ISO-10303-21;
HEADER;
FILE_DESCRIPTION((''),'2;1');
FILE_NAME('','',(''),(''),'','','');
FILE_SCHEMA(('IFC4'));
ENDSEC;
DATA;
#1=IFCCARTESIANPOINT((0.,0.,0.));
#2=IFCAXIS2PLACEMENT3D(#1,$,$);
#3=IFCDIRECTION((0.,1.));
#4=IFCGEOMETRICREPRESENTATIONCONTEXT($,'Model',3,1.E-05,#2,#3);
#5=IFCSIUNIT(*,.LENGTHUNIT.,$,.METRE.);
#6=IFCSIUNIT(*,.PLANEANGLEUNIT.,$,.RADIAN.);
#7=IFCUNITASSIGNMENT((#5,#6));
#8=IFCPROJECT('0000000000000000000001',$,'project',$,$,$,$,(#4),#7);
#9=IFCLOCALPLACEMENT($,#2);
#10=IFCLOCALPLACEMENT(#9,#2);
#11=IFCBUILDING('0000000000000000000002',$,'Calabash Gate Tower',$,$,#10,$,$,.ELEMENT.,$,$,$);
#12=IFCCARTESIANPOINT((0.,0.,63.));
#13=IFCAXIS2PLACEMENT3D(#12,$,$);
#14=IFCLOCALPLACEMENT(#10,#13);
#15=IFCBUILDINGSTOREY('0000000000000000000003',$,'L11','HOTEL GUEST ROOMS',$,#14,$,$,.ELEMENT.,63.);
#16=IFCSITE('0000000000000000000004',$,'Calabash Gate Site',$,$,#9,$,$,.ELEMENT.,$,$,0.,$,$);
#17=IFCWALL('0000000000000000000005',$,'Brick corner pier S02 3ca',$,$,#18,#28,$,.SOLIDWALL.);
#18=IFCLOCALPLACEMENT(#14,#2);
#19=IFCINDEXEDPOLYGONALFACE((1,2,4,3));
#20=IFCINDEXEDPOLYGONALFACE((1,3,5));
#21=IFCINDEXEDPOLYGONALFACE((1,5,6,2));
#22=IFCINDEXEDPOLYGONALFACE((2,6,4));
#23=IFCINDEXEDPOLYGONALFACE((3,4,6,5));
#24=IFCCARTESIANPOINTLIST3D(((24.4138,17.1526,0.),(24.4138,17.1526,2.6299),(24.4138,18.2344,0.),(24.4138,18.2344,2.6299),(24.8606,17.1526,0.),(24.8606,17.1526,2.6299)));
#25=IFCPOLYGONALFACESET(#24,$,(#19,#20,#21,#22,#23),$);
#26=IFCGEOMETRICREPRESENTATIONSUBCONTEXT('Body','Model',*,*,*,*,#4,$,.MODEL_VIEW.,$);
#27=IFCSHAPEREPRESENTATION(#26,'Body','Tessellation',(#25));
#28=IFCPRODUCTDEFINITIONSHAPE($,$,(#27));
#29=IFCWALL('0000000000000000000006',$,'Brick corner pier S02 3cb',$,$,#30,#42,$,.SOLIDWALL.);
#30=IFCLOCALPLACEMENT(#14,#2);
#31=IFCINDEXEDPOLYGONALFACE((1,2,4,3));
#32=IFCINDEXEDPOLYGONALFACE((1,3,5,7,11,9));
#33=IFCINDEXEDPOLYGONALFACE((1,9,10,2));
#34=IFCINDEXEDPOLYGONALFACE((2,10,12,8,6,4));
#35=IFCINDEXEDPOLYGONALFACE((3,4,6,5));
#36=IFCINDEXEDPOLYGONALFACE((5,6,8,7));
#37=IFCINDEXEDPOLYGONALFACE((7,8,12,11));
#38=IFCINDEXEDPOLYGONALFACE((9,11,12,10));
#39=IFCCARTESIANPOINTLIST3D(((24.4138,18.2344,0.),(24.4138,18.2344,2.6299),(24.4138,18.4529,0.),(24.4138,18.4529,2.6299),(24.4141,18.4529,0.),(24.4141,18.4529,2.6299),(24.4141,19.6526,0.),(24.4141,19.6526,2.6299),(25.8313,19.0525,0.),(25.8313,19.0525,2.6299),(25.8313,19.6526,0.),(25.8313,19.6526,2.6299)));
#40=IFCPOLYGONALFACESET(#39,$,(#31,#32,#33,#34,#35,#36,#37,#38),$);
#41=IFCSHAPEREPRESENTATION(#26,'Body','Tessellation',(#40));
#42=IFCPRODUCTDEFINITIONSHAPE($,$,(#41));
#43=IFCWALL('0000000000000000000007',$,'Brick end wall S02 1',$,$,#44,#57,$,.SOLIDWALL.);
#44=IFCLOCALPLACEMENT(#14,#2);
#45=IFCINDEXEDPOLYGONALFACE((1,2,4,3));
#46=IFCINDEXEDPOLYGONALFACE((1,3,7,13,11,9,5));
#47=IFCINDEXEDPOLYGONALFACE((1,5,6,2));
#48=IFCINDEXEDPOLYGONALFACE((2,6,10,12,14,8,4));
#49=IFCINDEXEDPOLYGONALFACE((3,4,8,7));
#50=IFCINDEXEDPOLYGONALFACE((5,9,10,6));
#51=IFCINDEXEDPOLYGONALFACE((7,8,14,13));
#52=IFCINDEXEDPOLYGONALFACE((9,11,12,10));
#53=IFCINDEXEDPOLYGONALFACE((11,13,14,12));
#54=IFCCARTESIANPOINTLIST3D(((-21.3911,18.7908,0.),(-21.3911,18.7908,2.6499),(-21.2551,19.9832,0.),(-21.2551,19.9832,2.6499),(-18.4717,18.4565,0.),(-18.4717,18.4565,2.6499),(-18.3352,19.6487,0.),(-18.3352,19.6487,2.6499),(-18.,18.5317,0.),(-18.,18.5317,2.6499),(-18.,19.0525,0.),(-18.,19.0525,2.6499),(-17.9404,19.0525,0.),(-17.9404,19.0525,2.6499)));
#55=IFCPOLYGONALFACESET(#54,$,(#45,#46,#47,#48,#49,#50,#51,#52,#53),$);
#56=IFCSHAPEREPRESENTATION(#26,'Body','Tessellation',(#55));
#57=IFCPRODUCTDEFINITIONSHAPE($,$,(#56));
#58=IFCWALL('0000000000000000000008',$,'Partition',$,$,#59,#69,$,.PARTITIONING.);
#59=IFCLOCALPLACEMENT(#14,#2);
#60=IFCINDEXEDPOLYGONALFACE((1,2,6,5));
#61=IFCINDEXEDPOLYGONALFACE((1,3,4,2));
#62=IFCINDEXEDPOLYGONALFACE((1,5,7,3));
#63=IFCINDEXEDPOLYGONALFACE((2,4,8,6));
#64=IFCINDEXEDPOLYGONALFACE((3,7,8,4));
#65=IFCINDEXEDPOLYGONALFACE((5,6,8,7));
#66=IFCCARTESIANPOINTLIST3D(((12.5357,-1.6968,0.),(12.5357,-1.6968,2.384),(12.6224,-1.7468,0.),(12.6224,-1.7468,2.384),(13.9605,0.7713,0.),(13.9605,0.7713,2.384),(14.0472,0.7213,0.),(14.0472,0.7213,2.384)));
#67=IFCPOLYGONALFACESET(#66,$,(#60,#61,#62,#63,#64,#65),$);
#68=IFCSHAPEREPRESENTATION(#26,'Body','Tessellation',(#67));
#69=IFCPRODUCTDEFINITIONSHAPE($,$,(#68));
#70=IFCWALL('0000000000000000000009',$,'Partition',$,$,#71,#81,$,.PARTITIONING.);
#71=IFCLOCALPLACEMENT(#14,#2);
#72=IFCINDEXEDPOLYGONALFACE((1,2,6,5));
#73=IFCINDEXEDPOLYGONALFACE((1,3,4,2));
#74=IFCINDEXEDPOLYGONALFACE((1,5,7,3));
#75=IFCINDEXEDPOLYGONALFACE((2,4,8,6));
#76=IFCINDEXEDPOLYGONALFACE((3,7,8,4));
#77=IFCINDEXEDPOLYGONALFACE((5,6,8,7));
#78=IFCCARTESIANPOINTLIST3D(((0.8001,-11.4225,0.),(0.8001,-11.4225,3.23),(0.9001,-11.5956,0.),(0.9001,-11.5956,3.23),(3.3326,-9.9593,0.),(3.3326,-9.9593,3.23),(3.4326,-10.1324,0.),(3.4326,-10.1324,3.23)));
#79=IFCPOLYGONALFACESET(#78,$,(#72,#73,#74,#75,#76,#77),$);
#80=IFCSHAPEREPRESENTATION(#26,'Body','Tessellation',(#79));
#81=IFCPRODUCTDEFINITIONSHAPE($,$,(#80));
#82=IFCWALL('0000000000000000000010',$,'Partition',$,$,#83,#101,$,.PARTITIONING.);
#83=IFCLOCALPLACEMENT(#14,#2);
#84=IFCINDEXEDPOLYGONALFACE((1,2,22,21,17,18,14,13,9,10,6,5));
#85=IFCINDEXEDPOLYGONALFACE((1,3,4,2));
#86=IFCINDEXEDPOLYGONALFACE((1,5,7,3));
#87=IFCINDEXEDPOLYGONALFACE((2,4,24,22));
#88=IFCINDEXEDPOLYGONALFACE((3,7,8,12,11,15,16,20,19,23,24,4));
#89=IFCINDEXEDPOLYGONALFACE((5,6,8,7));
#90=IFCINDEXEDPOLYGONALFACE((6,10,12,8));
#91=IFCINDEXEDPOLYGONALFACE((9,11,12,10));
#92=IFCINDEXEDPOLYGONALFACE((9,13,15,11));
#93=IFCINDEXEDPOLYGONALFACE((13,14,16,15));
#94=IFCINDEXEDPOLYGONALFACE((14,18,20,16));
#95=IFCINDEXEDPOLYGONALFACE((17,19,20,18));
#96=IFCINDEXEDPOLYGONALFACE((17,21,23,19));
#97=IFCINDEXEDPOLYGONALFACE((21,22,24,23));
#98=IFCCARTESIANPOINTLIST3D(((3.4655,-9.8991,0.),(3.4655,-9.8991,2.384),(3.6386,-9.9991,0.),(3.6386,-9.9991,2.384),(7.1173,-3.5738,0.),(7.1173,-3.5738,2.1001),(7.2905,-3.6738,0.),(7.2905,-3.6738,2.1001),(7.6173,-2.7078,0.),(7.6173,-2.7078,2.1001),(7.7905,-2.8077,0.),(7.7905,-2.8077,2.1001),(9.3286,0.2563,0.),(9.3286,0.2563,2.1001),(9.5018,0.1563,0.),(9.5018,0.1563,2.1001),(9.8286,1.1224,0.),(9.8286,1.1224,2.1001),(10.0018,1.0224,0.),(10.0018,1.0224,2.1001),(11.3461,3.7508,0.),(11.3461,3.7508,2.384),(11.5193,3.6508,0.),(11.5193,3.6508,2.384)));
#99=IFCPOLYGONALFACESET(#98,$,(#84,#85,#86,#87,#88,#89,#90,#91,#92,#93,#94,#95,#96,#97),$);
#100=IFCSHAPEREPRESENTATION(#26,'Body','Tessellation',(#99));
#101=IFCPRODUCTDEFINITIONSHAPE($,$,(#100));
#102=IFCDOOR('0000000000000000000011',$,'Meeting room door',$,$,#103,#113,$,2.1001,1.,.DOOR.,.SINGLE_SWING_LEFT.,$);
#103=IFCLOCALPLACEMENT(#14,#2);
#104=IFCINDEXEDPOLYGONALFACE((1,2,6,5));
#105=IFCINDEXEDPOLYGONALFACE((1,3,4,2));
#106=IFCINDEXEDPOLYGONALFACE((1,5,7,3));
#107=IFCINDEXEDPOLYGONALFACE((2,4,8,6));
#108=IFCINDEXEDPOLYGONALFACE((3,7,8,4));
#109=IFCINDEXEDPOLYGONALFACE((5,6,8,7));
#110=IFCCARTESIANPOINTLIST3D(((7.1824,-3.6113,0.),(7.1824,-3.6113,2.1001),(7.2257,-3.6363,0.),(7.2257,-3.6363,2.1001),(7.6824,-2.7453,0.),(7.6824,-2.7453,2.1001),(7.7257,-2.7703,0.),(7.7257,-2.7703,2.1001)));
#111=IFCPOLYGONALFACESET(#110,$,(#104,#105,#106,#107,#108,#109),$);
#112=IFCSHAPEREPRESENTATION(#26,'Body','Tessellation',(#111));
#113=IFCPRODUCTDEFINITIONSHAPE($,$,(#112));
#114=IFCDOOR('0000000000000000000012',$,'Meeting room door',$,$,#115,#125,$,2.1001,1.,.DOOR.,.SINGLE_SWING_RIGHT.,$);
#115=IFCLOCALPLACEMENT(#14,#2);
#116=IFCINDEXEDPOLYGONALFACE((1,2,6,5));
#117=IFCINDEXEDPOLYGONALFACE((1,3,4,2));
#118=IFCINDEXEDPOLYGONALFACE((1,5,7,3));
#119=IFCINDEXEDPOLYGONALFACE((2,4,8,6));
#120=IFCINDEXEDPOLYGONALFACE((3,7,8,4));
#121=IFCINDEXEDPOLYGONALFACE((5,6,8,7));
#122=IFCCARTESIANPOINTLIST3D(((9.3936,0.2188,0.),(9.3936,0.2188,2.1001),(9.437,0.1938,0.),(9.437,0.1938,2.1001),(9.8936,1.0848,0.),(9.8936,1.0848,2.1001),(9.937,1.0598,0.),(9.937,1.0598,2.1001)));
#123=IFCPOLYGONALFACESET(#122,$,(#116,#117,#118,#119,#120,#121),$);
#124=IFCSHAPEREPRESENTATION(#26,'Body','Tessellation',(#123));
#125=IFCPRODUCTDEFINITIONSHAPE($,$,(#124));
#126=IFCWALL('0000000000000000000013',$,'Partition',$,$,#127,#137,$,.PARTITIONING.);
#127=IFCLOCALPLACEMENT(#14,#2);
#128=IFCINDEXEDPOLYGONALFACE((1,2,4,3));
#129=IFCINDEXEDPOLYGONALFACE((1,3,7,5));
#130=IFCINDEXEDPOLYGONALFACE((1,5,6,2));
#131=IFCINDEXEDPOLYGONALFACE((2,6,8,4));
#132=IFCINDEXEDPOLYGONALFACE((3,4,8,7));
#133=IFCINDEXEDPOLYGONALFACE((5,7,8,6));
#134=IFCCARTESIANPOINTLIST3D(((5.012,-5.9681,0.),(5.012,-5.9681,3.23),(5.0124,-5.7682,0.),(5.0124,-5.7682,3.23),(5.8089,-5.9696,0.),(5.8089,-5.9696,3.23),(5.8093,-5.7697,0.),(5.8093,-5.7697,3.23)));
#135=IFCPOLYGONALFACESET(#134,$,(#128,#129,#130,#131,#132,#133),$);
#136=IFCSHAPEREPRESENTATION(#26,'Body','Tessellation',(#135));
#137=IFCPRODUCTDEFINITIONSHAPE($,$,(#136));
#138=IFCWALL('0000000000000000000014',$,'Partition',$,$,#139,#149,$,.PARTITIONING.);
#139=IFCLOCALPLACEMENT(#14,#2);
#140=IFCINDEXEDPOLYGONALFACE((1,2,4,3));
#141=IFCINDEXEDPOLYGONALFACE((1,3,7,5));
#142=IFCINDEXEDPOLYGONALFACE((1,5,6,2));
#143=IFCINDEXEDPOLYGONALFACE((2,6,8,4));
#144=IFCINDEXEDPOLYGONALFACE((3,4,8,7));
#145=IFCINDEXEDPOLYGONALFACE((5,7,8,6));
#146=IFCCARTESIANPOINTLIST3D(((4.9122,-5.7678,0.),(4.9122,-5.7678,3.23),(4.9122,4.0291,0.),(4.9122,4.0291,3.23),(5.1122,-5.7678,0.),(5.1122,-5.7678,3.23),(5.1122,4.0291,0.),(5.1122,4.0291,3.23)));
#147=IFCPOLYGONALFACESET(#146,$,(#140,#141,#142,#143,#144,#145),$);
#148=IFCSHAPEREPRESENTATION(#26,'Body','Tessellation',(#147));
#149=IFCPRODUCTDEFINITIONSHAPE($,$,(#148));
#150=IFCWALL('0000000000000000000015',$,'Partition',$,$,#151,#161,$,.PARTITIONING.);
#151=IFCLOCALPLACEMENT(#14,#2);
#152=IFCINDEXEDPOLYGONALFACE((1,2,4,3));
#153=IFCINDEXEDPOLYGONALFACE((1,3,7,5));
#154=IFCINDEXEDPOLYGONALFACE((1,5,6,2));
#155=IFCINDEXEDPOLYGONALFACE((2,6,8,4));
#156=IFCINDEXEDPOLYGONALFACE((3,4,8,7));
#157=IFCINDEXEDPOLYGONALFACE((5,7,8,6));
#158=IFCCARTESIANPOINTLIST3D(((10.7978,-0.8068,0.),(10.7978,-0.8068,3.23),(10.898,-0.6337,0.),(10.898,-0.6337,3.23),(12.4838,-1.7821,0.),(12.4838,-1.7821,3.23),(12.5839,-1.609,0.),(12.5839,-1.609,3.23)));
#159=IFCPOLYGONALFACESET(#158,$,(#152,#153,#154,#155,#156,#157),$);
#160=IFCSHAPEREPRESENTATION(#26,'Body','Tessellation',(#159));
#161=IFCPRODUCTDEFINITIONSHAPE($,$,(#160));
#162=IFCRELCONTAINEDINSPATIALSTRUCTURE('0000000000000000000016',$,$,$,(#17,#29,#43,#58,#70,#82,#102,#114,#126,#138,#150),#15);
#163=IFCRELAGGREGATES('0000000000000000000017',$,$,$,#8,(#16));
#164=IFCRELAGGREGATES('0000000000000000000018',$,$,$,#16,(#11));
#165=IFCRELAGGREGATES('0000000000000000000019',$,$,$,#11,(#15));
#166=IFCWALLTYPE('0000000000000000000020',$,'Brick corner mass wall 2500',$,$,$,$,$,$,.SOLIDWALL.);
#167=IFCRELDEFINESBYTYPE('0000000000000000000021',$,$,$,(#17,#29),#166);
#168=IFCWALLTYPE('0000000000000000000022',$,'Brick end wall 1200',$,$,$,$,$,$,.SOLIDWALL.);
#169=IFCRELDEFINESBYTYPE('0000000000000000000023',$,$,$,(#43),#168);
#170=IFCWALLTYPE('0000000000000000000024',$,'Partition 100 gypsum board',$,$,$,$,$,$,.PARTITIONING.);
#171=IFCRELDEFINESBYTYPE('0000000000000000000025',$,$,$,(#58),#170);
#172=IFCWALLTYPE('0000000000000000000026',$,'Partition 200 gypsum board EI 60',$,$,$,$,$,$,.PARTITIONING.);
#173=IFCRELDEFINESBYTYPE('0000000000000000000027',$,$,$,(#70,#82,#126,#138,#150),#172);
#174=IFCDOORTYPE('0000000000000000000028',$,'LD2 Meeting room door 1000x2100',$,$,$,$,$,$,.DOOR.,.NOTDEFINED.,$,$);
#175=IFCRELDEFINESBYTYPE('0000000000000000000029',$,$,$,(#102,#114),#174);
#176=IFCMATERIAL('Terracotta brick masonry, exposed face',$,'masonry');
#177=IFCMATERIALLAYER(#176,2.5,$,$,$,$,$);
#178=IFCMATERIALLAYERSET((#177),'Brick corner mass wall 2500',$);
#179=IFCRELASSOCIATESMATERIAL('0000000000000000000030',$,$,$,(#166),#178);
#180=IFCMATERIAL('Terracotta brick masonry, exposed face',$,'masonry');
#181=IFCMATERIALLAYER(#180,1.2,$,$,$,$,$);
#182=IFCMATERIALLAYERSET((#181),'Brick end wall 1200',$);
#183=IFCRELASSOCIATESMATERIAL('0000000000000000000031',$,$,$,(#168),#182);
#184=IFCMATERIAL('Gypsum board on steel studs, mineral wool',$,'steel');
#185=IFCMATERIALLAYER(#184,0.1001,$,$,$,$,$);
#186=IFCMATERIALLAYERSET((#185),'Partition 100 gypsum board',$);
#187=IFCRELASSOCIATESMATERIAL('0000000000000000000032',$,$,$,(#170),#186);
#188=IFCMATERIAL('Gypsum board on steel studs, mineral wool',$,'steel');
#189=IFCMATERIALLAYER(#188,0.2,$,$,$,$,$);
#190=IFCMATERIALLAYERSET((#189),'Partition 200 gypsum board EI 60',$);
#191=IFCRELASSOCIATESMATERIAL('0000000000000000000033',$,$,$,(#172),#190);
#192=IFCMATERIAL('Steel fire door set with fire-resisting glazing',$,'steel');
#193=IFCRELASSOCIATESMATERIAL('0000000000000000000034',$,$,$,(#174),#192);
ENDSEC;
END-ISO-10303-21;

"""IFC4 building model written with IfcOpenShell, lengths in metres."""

from ifc_helpers import new_model, si_unit, direction, frame, frame_2d, origin, place, context, subcontext, project, spatial, polyline, rectangle, outline, extrude, material, layer, layer_set, type_object, element, fill, save


model = new_model("IFC4")

# Units and contexts
model_context = context("Model", 3, precision=1e-05, world=origin(), true_north=direction((0.0, 1.0)))
body_context = subcontext(model_context, "Body", "Model", "MODEL_VIEW")
ifc_project = project(units=[si_unit("LENGTHUNIT", "METRE"), si_unit("PLANEANGLEUNIT", "RADIAN")], contexts=[model_context])

# Site, building, storey
site_placement = place(None, origin())
site = spatial("IfcSite", under=ifc_project, at=site_placement, Name="Calabash Gate Site", CompositionType="ELEMENT", RefElevation=0.0)
building_placement = place(site_placement, origin())
building = spatial("IfcBuilding", under=site, at=building_placement, Name="Calabash Gate Tower", CompositionType="ELEMENT")
storey_placement = place(building_placement, frame((0.0, 0.0, 63.0)))
storey = spatial("IfcBuildingStorey", under=building, at=storey_placement, Name="L11", Description="HOTEL GUEST ROOMS", CompositionType="ELEMENT", Elevation=63.0)

# Walls
ifc_material_1 = material(Name="Terracotta brick masonry, exposed face", Category="masonry")
ifc_layer_1 = layer(ifc_material_1, 2.5)
ifc_layer_set_1 = layer_set([ifc_layer_1], Name="Brick corner mass wall 2500")
wall_type_1 = type_object("IfcWallType", Name="Brick corner mass wall 2500", PredefinedType="SOLIDWALL", material=ifc_layer_set_1)
wall_1_placement = place(storey_placement, origin())
element("IfcWall", 1, at=wall_1_placement, inside=storey, type_object=wall_type_1, Name="Brick corner pier S02 3ca", PredefinedType="SOLIDWALL", context=body_context, shape_type="SweptSolid", body=[
    extrude(outline(polyline([(24.4138, 17.1526), (24.8606, 17.1526), (24.4138, 18.2344), (24.4138, 17.1526)])), origin(), (0.0, 0.0, 1.0), 2.6299),
])
wall_2_placement = place(storey_placement, origin())
element("IfcWall", 2, at=wall_2_placement, inside=storey, type_object=wall_type_1, Name="Brick corner pier S02 3cb", PredefinedType="SOLIDWALL", context=body_context, shape_type="SweptSolid", body=[
    extrude(outline(polyline([(24.4141, 19.6526), (24.4141, 18.4529), (24.4138, 18.4529), (24.4138, 18.2344), (25.8313, 19.0525), (25.8313, 19.6526), (24.4141, 19.6526)])), origin(), (0.0, 0.0, 1.0), 2.6299),
])
ifc_material_2 = material(Name="Terracotta brick masonry, exposed face", Category="masonry")
ifc_layer_2 = layer(ifc_material_2, 1.2)
ifc_layer_set_2 = layer_set([ifc_layer_2], Name="Brick end wall 1200")
wall_type_2 = type_object("IfcWallType", Name="Brick end wall 1200", PredefinedType="SOLIDWALL", material=ifc_layer_set_2)
wall_3_placement = place(storey_placement, origin())
element("IfcWall", 3, at=wall_3_placement, inside=storey, type_object=wall_type_2, Name="Brick end wall S02 1", PredefinedType="SOLIDWALL", context=body_context, shape_type="SweptSolid", body=[
    extrude(outline(polyline([(-21.2551, 19.9832), (-21.3911, 18.7908), (-18.4717, 18.4565), (-18.0, 18.5317), (-18.0, 19.0525), (-17.9404, 19.0525), (-18.3352, 19.6487), (-21.2551, 19.9832)])), origin(), (0.0, 0.0, 1.0), 2.6499),
])
ifc_material_3 = material(Name="Gypsum board on steel studs, mineral wool", Category="steel")
ifc_layer_3 = layer(ifc_material_3, 0.1001)
ifc_layer_set_3 = layer_set([ifc_layer_3], Name="Partition 100 gypsum board")
wall_type_3 = type_object("IfcWallType", Name="Partition 100 gypsum board", PredefinedType="PARTITIONING", material=ifc_layer_set_3)
wall_4_placement = place(storey_placement, frame((12.5791, -1.7217, 0.0), z_axis=(0.0, 0.0, 1.0), x_axis=(0.499972, 0.866041, 0.0)))
element("IfcWall", 4, at=wall_4_placement, inside=storey, type_object=wall_type_3, Name="Partition", PredefinedType="PARTITIONING", context=body_context, shape_type="SweptSolid", body=[
    extrude(rectangle(XDim=2.8499, YDim=0.1001, at=frame_2d((1.4248, 0.0))), origin(), (0.0, 0.0, 1.0), 2.384),
])
ifc_material_4 = material(Name="Gypsum board on steel studs, mineral wool", Category="steel")
ifc_layer_4 = layer(ifc_material_4, 0.2)
ifc_layer_set_4 = layer_set([ifc_layer_4], Name="Partition 200 gypsum board EI 60")
wall_type_4 = type_object("IfcWallType", Name="Partition 200 gypsum board EI 60", PredefinedType="PARTITIONING", material=ifc_layer_set_4)
wall_5_placement = place(storey_placement, frame((0.8501, -11.509, 0.0), z_axis=(0.0, 0.0, 1.0), x_axis=(0.865876, 0.50026, 0.0)))
element("IfcWall", 5, at=wall_5_placement, inside=storey, type_object=wall_type_4, Name="Partition", PredefinedType="PARTITIONING", context=body_context, shape_type="SweptSolid", body=[
    extrude(rectangle(XDim=2.9248, YDim=0.2, at=frame_2d((1.4624, 0.0))), origin(), (0.0, 0.0, 1.0), 3.23),
])

# Wall, openings, doors
wall_6_placement = place(storey_placement, frame((3.552, -9.9492, 0.0), z_axis=(0.0, 0.0, 1.0), x_axis=(0.499992, 0.86603, 0.0)))
wall_6 = element("IfcWall", 6, at=wall_6_placement, inside=storey, type_object=wall_type_4, Name="Partition", PredefinedType="PARTITIONING", context=body_context, shape_type="SweptSolid", body=[
    extrude(rectangle(XDim=15.7615, YDim=0.2, at=frame_2d((7.8809, 0.0))), origin(), (0.0, 0.0, 1.0), 2.384),
])
opening_1_placement = place(wall_6_placement, frame((7.304, 0.0, 0.0)))
opening_1 = element("IfcOpeningElement", 7, at=opening_1_placement, cuts=wall_6, PredefinedType="OPENING", context=body_context, shape_type="SweptSolid", body=[
    extrude(rectangle(XDim=1.0, YDim=2.1001, at=frame_2d((0.5, 1.05))), frame((0.0, 0.1099, 0.0), z_axis=(0.0, -1.0, 0.0), x_axis=(1.0, 0.0, 0.0)), (0.0, 0.0, 1.0), 0.22),
])
opening_2_placement = place(wall_6_placement, frame((11.7266, 0.0, 0.0)))
opening_2 = element("IfcOpeningElement", 8, at=opening_2_placement, cuts=wall_6, PredefinedType="OPENING", context=body_context, shape_type="SweptSolid", body=[
    extrude(rectangle(XDim=1.0, YDim=2.1001, at=frame_2d((0.5, 1.05))), frame((0.0, 0.1099, 0.0), z_axis=(0.0, -1.0, 0.0), x_axis=(1.0, 0.0, 0.0)), (0.0, 0.0, 1.0), 0.22),
])
ifc_material_5 = material(Name="Steel fire door set with fire-resisting glazing", Category="steel")
door_type_1 = type_object("IfcDoorType", Name="LD2 Meeting room door 1000x2100", OperationType="NOTDEFINED", PredefinedType="DOOR", material=ifc_material_5)
door_1_placement = place(opening_1_placement, origin())
door_1 = element("IfcDoor", 9, at=door_1_placement, inside=storey, type_object=door_type_1, Name="Meeting room door", OperationType="SINGLE_SWING_LEFT", OverallHeight=2.1001, OverallWidth=1.0, PredefinedType="DOOR", context=body_context, shape_type="SweptSolid", body=[
    extrude(rectangle(XDim=1.0, YDim=2.1001, at=frame_2d((0.5, 1.05))), frame((0.0, 0.0249, 0.0), z_axis=(0.0, -1.0, 0.0), x_axis=(1.0, 0.0, 0.0)), (0.0, 0.0, 1.0), 0.05),
])
fill(opening_1, door_1)
door_2_placement = place(opening_2_placement, origin())
door_2 = element("IfcDoor", 10, at=door_2_placement, inside=storey, type_object=door_type_1, Name="Meeting room door", OperationType="SINGLE_SWING_RIGHT", OverallHeight=2.1001, OverallWidth=1.0, PredefinedType="DOOR", context=body_context, shape_type="SweptSolid", body=[
    extrude(rectangle(XDim=1.0, YDim=2.1001, at=frame_2d((0.5, 1.05))), frame((0.0, 0.0249, 0.0), z_axis=(0.0, -1.0, 0.0), x_axis=(1.0, 0.0, 0.0)), (0.0, 0.0, 1.0), 0.05),
])
fill(opening_2, door_2)

# Walls
wall_7_placement = place(storey_placement, frame((5.0122, -5.8682, 0.0), z_axis=(0.0, 0.0, 1.0), x_axis=(0.999998, -0.001838, 0.0)))
element("IfcWall", 11, at=wall_7_placement, inside=storey, type_object=wall_type_4, Name="Partition", PredefinedType="PARTITIONING", context=body_context, shape_type="SweptSolid", body=[
    extrude(rectangle(XDim=0.7969, YDim=0.2, at=frame_2d((0.3984, 0.0))), origin(), (0.0, 0.0, 1.0), 3.23),
])
wall_8_placement = place(storey_placement, frame((5.0122, -5.7678, 0.0), z_axis=(0.0, 0.0, 1.0), x_axis=(0.0, 1.0, 0.0)))
element("IfcWall", 12, at=wall_8_placement, inside=storey, type_object=wall_type_4, Name="Partition", PredefinedType="PARTITIONING", context=body_context, shape_type="SweptSolid", body=[
    extrude(rectangle(XDim=9.7969, YDim=0.2, at=frame_2d((4.8984, 0.0))), origin(), (0.0, 0.0, 1.0), 3.23),
])
wall_9_placement = place(storey_placement, frame((10.8479, -0.7202, 0.0), z_axis=(0.0, 0.0, 1.0), x_axis=(0.865601, -0.500735, 0.0)))
element("IfcWall", 13, at=wall_9_placement, inside=storey, type_object=wall_type_4, Name="Partition", PredefinedType="PARTITIONING", context=body_context, shape_type="SweptSolid", body=[
    extrude(rectangle(XDim=1.9478, YDim=0.2, at=frame_2d((0.9739, 0.0))), origin(), (0.0, 0.0, 1.0), 3.23),
])

save(model, "model.ifc")
